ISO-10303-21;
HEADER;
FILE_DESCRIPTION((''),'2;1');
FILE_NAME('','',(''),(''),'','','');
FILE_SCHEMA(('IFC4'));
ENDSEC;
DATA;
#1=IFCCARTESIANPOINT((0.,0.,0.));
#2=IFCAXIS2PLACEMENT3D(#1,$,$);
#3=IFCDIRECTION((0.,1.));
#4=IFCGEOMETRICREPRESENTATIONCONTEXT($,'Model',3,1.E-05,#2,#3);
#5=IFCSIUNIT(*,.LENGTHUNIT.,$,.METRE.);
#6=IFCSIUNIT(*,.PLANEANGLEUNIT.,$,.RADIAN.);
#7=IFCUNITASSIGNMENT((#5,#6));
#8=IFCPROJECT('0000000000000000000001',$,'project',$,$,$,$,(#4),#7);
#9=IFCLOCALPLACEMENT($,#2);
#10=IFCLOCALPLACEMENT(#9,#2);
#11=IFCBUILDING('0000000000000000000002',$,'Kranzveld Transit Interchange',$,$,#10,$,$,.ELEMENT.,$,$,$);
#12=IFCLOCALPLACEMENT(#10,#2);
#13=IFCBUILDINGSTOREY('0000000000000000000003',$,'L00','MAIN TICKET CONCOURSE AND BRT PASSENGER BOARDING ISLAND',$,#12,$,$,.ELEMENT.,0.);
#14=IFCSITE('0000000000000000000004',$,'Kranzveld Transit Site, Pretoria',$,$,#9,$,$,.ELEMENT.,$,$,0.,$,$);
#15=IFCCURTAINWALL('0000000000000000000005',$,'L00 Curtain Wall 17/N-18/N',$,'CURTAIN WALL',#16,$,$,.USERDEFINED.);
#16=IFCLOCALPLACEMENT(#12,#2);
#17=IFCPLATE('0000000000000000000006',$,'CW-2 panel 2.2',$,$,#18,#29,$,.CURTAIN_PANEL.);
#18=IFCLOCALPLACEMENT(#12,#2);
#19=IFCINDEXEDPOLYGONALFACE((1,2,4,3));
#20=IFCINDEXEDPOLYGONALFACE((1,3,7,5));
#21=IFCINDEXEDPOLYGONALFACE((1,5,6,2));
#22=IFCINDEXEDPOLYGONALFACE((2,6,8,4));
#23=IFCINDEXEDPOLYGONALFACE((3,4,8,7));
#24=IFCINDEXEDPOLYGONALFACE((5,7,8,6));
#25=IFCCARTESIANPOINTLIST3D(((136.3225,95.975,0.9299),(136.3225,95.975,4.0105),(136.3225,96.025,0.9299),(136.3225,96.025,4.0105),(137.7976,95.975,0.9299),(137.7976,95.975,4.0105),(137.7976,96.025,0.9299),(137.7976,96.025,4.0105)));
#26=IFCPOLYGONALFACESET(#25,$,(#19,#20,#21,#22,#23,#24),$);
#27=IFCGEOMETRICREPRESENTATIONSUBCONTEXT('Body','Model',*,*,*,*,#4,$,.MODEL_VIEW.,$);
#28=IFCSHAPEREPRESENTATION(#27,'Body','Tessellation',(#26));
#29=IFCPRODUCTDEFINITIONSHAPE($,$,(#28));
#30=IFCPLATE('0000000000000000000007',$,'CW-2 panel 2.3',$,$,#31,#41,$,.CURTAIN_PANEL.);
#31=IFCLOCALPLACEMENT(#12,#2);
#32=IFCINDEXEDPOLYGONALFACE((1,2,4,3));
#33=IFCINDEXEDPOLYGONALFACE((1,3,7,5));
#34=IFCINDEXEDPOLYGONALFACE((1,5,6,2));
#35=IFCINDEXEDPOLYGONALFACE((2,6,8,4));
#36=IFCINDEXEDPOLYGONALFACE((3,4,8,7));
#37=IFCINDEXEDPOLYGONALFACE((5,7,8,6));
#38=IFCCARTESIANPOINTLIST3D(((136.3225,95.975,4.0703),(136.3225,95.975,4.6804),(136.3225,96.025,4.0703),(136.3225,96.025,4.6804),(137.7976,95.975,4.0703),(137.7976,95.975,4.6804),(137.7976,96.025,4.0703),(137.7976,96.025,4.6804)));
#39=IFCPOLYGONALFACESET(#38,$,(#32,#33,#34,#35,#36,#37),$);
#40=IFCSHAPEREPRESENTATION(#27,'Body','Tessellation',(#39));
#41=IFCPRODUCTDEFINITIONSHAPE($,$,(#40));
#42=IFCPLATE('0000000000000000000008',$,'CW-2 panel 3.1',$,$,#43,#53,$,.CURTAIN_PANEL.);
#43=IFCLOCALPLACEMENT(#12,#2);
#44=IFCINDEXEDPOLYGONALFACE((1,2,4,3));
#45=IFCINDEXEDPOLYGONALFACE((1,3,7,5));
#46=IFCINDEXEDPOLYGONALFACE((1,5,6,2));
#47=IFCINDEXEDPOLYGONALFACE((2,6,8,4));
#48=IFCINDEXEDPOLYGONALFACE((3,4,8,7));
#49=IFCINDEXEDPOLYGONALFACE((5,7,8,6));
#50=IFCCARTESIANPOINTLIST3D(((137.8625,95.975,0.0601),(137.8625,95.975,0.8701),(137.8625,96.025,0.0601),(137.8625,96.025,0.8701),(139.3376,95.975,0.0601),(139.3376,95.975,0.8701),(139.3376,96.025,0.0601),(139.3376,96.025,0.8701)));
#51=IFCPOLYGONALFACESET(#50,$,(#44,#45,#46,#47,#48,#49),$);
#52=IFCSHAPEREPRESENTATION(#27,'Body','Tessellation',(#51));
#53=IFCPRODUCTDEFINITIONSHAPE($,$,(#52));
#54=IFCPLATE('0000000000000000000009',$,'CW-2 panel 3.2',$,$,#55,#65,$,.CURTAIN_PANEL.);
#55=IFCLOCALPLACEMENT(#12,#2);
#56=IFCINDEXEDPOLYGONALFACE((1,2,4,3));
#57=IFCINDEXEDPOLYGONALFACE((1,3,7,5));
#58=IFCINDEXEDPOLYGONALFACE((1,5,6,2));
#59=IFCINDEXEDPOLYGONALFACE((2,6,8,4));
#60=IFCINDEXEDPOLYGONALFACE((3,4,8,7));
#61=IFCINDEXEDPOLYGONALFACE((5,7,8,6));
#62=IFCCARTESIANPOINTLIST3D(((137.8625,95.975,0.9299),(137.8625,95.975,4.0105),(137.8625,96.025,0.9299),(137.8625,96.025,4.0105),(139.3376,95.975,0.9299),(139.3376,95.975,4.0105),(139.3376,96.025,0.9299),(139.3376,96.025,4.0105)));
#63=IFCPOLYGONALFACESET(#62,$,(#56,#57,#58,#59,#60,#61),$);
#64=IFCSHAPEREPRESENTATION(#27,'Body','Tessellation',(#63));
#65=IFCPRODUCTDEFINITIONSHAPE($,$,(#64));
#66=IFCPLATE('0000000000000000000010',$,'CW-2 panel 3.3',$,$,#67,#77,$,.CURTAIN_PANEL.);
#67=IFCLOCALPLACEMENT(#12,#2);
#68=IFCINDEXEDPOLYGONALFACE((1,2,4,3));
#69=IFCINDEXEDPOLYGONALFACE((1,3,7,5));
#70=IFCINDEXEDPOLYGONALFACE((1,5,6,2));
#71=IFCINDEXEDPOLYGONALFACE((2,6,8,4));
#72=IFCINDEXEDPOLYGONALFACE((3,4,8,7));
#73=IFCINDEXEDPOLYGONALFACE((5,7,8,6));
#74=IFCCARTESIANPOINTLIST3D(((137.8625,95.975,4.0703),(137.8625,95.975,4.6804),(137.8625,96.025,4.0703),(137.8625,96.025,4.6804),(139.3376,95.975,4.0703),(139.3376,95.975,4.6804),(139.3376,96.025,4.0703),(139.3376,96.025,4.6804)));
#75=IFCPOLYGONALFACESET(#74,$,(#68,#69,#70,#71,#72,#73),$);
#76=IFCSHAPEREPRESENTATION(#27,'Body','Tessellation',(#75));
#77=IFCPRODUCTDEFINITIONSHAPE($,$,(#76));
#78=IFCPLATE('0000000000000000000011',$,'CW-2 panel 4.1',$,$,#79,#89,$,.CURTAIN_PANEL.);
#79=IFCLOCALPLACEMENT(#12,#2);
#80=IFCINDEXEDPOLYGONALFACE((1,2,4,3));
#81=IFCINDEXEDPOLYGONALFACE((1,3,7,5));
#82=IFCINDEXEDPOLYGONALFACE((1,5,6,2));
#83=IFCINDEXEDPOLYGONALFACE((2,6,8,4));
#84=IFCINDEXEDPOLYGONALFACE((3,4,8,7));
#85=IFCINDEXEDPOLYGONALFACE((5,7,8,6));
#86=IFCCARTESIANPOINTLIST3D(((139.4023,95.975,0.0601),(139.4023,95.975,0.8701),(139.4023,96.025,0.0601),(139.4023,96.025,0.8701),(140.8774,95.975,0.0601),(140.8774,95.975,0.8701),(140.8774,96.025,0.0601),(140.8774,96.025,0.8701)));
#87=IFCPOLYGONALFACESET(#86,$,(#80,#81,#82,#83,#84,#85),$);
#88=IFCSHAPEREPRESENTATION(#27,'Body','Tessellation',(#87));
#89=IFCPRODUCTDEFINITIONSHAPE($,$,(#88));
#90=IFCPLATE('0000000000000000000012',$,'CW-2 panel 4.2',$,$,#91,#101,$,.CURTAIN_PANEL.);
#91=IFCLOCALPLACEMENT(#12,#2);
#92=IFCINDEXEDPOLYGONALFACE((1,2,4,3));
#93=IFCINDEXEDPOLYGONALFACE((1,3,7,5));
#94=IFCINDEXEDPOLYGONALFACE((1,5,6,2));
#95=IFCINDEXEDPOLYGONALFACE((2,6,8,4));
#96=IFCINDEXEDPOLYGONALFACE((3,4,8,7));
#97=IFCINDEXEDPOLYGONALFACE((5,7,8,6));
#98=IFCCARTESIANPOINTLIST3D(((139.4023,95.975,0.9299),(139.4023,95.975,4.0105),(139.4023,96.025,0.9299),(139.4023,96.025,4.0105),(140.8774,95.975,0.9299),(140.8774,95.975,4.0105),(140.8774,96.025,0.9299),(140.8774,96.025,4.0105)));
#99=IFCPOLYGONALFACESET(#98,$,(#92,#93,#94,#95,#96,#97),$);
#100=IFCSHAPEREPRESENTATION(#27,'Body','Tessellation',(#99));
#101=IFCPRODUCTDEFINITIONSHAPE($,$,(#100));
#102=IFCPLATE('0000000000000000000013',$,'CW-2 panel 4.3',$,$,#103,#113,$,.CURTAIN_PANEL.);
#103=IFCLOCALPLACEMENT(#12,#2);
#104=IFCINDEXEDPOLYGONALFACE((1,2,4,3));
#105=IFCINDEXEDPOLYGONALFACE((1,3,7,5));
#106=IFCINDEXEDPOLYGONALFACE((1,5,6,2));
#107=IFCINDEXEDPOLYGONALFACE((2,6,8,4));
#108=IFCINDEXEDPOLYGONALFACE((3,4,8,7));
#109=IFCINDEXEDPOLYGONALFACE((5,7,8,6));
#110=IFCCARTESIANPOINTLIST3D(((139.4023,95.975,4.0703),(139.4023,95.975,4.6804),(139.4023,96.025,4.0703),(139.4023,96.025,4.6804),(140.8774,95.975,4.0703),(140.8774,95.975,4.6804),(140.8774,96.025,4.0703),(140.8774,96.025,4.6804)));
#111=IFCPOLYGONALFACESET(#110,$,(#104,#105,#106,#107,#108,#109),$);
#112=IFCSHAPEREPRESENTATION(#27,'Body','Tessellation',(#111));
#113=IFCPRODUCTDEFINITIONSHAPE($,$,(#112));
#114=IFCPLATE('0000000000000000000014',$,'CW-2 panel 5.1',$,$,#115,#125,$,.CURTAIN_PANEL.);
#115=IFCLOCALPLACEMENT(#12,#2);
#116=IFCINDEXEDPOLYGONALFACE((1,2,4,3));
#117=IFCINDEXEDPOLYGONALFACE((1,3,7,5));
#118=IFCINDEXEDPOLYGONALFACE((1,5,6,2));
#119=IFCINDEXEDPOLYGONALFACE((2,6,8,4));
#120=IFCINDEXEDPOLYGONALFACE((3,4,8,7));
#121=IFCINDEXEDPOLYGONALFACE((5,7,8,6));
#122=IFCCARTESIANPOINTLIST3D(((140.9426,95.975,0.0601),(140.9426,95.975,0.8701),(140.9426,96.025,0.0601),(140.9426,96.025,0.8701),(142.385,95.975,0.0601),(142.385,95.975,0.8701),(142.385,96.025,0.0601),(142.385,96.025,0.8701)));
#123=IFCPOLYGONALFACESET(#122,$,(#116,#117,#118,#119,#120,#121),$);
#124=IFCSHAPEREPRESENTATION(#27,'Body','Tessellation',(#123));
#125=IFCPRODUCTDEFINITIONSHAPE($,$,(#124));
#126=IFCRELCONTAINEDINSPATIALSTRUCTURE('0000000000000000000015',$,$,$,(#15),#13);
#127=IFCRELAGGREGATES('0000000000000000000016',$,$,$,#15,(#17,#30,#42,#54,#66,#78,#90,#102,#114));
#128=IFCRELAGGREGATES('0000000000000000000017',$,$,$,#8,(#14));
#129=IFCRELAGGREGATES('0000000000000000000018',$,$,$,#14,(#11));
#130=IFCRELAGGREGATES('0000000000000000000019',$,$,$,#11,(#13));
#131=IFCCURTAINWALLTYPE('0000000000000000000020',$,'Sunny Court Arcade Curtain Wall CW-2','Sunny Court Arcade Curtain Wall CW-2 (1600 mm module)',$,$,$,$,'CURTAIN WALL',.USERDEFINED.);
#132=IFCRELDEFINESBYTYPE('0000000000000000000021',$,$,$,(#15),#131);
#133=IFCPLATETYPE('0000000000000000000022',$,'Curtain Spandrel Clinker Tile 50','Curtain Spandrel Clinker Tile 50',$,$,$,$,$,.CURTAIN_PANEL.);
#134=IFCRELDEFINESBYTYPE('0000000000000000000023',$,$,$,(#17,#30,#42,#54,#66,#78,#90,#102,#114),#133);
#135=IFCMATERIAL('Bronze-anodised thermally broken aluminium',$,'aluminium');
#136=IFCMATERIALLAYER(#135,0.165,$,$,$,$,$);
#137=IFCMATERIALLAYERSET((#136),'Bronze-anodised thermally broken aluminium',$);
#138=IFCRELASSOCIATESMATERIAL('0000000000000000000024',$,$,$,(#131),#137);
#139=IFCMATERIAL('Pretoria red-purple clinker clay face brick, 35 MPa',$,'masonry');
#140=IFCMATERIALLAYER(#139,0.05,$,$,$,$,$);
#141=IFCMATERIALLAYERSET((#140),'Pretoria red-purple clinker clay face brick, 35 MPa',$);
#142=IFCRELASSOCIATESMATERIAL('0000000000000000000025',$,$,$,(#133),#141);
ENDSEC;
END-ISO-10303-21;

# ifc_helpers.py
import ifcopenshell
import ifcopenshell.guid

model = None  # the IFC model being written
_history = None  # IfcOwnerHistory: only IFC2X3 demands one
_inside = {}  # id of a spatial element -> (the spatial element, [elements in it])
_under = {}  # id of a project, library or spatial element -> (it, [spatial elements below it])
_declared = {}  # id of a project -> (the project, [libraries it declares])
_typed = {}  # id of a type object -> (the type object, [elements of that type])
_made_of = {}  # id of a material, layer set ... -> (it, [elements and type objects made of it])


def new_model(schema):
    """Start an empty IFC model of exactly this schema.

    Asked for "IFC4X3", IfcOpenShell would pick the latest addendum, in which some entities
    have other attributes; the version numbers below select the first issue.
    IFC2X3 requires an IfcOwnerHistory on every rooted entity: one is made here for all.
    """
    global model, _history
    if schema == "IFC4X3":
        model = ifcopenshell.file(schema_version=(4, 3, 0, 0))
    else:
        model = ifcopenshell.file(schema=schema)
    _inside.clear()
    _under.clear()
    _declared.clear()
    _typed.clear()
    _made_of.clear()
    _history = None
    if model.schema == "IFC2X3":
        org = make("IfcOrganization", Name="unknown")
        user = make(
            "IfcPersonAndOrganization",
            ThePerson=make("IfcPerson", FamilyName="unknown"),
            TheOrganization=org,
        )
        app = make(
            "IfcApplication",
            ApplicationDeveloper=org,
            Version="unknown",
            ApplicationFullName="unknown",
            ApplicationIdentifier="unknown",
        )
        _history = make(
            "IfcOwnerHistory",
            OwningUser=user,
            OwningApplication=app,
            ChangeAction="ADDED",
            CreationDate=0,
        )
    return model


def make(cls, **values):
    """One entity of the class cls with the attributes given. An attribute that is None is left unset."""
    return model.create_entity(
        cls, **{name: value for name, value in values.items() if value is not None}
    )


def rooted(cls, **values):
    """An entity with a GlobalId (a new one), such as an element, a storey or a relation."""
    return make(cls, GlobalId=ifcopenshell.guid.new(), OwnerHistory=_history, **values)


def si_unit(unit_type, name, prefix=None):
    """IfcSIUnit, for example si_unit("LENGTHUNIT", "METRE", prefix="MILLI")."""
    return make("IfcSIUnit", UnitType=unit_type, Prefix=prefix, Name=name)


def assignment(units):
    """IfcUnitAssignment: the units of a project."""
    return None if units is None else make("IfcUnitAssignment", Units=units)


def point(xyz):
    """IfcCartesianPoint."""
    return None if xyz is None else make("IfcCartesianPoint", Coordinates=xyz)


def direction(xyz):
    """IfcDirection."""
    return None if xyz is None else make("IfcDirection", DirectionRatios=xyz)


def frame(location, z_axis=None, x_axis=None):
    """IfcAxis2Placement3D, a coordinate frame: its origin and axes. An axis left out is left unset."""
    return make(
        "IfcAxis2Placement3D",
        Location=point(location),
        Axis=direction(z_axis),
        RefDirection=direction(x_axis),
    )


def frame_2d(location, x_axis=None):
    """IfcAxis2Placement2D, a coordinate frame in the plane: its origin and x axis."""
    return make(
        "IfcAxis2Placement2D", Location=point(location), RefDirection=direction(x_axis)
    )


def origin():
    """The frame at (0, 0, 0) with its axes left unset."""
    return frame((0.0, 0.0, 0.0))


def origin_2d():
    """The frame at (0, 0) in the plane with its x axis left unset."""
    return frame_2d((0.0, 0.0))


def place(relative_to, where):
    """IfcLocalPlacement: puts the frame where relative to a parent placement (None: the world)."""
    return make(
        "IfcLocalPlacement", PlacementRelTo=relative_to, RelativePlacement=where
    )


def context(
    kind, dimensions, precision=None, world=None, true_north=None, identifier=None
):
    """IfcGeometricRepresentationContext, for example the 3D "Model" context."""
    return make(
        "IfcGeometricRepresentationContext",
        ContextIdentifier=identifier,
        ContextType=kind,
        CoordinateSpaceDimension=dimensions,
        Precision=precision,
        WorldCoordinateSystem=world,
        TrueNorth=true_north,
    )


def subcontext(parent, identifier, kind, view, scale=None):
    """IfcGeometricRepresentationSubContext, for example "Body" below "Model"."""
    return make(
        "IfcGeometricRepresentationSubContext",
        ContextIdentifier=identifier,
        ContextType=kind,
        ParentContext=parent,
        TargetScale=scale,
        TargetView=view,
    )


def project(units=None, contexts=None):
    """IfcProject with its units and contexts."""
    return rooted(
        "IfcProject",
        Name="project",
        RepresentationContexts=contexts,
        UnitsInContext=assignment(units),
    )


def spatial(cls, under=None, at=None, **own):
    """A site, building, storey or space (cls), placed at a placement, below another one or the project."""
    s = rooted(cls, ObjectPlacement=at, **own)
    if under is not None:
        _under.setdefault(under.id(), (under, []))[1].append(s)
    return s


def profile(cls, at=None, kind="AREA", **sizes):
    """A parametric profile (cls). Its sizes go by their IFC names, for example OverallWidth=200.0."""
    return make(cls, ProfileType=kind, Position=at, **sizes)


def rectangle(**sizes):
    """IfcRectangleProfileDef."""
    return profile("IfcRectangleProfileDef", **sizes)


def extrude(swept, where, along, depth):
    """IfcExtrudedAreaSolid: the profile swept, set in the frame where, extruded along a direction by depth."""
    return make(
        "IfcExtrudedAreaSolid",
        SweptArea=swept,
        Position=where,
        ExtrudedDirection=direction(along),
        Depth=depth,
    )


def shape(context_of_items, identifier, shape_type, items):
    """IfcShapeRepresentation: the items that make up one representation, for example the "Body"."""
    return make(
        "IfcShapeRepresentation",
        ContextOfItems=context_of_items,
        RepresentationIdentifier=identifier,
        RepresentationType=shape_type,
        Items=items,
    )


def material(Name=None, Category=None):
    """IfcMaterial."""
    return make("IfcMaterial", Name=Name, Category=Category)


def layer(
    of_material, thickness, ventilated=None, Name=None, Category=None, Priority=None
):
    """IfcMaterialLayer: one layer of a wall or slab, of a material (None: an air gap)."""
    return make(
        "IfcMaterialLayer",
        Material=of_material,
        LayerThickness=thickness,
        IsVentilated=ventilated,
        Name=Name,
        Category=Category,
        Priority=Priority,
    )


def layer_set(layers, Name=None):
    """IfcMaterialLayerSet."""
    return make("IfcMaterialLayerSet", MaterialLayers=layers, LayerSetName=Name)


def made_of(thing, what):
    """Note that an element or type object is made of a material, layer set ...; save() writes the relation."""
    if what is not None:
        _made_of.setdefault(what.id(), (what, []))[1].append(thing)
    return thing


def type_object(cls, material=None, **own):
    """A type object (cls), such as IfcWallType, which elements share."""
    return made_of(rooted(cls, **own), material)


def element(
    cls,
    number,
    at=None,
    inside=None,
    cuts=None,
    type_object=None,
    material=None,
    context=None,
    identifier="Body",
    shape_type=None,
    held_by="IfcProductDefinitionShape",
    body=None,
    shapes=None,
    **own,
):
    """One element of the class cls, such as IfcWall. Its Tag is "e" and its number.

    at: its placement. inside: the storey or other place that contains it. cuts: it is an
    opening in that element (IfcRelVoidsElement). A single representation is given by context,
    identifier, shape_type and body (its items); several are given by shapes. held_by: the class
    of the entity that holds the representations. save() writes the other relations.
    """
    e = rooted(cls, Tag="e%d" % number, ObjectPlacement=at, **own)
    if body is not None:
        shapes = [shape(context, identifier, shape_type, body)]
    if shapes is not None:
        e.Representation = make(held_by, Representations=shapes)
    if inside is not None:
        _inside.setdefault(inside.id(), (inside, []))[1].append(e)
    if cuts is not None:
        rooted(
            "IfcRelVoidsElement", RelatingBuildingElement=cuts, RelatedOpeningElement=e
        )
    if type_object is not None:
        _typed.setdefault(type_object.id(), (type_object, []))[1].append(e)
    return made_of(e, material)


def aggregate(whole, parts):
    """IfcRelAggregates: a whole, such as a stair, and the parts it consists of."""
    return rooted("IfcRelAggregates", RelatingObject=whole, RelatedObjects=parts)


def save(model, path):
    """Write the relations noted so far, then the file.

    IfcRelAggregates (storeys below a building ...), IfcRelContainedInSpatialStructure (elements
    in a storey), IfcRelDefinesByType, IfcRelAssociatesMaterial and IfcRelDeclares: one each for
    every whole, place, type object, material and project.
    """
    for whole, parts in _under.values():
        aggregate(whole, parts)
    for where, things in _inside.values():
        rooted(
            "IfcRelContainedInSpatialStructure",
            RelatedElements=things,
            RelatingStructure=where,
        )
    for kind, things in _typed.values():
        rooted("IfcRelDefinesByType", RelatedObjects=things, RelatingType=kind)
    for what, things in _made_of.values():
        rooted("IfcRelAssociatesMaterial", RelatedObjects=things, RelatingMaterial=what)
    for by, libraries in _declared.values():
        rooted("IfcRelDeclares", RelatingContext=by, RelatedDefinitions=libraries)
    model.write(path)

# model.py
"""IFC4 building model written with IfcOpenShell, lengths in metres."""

from ifc_helpers import new_model, si_unit, direction, frame, origin, origin_2d, place, context, subcontext, project, spatial, rectangle, extrude, material, layer, layer_set, type_object, element, aggregate, save


model = new_model("IFC4")

# Units and contexts
model_context = context("Model", 3, precision=1e-05, world=origin(), true_north=direction((0.0, 1.0)))
body_context = subcontext(model_context, "Body", "Model", "MODEL_VIEW")
ifc_project = project(units=[si_unit("LENGTHUNIT", "METRE"), si_unit("PLANEANGLEUNIT", "RADIAN")], contexts=[model_context])

# Site, building, storey
site_placement = place(None, origin())
site = spatial("IfcSite", under=ifc_project, at=site_placement, Name="Kranzveld Transit Site, Pretoria", CompositionType="ELEMENT", RefElevation=0.0)
building_placement = place(site_placement, origin())
building = spatial("IfcBuilding", under=site, at=building_placement, Name="Kranzveld Transit Interchange", CompositionType="ELEMENT")
storey_placement = place(building_placement, origin())
storey = spatial("IfcBuildingStorey", under=building, at=storey_placement, Name="L00", Description="MAIN TICKET CONCOURSE AND BRT PASSENGER BOARDING ISLAND", CompositionType="ELEMENT", Elevation=0.0)

# Curtain wall, plates
ifc_material_1 = material(Name="Bronze-anodised thermally broken aluminium", Category="aluminium")
ifc_layer_1 = layer(ifc_material_1, 0.165)
ifc_layer_set_1 = layer_set([ifc_layer_1], Name="Bronze-anodised thermally broken aluminium")
curtain_wall_type = type_object("IfcCurtainWallType", Name="Sunny Court Arcade Curtain Wall CW-2", Description="Sunny Court Arcade Curtain Wall CW-2 (1600 mm module)", ElementType="CURTAIN WALL", PredefinedType="USERDEFINED", material=ifc_layer_set_1)
curtain_wall_placement = place(storey_placement, origin())
curtain_wall = element("IfcCurtainWall", 1, at=curtain_wall_placement, inside=storey, type_object=curtain_wall_type, Name="L00 Curtain Wall 17/N-18/N", ObjectType="CURTAIN WALL", PredefinedType="USERDEFINED")
ifc_material_2 = material(Name="Pretoria red-purple clinker clay face brick, 35 MPa", Category="masonry")
ifc_layer_2 = layer(ifc_material_2, 0.05)
ifc_layer_set_2 = layer_set([ifc_layer_2], Name="Pretoria red-purple clinker clay face brick, 35 MPa")
plate_type = type_object("IfcPlateType", Name="Curtain Spandrel Clinker Tile 50", Description="Curtain Spandrel Clinker Tile 50", PredefinedType="CURTAIN_PANEL", material=ifc_layer_set_2)
plate_1_placement = place(storey_placement, frame((137.0601, 96.0, 0.9299), z_axis=(0.0, 0.0, 1.0), x_axis=(1.0, 0.0, 0.0)))
plate_1 = element("IfcPlate", 2, at=plate_1_placement, type_object=plate_type, Name="CW-2 panel 2.2", PredefinedType="CURTAIN_PANEL", context=body_context, shape_type="SweptSolid", body=[
    extrude(rectangle(XDim=1.4751, YDim=0.05, at=origin_2d()), origin(), (0.0, 0.0, 1.0), 3.0806),
])
plate_2_placement = place(storey_placement, frame((137.0601, 96.0, 4.0703), z_axis=(0.0, 0.0, 1.0), x_axis=(1.0, 0.0, 0.0)))
plate_2 = element("IfcPlate", 3, at=plate_2_placement, type_object=plate_type, Name="CW-2 panel 2.3", PredefinedType="CURTAIN_PANEL", context=body_context, shape_type="SweptSolid", body=[
    extrude(rectangle(XDim=1.4751, YDim=0.05, at=origin_2d()), origin(), (0.0, 0.0, 1.0), 0.6101),
])
plate_3_placement = place(storey_placement, frame((138.6001, 96.0, 0.0601), z_axis=(0.0, 0.0, 1.0), x_axis=(1.0, 0.0, 0.0)))
plate_3 = element("IfcPlate", 4, at=plate_3_placement, type_object=plate_type, Name="CW-2 panel 3.1", PredefinedType="CURTAIN_PANEL", context=body_context, shape_type="SweptSolid", body=[
    extrude(rectangle(XDim=1.4751, YDim=0.05, at=origin_2d()), origin(), (0.0, 0.0, 1.0), 0.8101),
])
plate_4_placement = place(storey_placement, frame((138.6001, 96.0, 0.9299), z_axis=(0.0, 0.0, 1.0), x_axis=(1.0, 0.0, 0.0)))
plate_4 = element("IfcPlate", 5, at=plate_4_placement, type_object=plate_type, Name="CW-2 panel 3.2", PredefinedType="CURTAIN_PANEL", context=body_context, shape_type="SweptSolid", body=[
    extrude(rectangle(XDim=1.4751, YDim=0.05, at=origin_2d()), origin(), (0.0, 0.0, 1.0), 3.0806),
])
plate_5_placement = place(storey_placement, frame((138.6001, 96.0, 4.0703), z_axis=(0.0, 0.0, 1.0), x_axis=(1.0, 0.0, 0.0)))
plate_5 = element("IfcPlate", 6, at=plate_5_placement, type_object=plate_type, Name="CW-2 panel 3.3", PredefinedType="CURTAIN_PANEL", context=body_context, shape_type="SweptSolid", body=[
    extrude(rectangle(XDim=1.4751, YDim=0.05, at=origin_2d()), origin(), (0.0, 0.0, 1.0), 0.6101),
])
plate_6_placement = place(storey_placement, frame((140.1399, 96.0, 0.0601), z_axis=(0.0, 0.0, 1.0), x_axis=(1.0, 0.0, 0.0)))
plate_6 = element("IfcPlate", 7, at=plate_6_placement, type_object=plate_type, Name="CW-2 panel 4.1", PredefinedType="CURTAIN_PANEL", context=body_context, shape_type="SweptSolid", body=[
    extrude(rectangle(XDim=1.4751, YDim=0.05, at=origin_2d()), origin(), (0.0, 0.0, 1.0), 0.8101),
])
plate_7_placement = place(storey_placement, frame((140.1399, 96.0, 0.9299), z_axis=(0.0, 0.0, 1.0), x_axis=(1.0, 0.0, 0.0)))
plate_7 = element("IfcPlate", 8, at=plate_7_placement, type_object=plate_type, Name="CW-2 panel 4.2", PredefinedType="CURTAIN_PANEL", context=body_context, shape_type="SweptSolid", body=[
    extrude(rectangle(XDim=1.4751, YDim=0.05, at=origin_2d()), origin(), (0.0, 0.0, 1.0), 3.0806),
])
plate_8_placement = place(storey_placement, frame((140.1399, 96.0, 4.0703), z_axis=(0.0, 0.0, 1.0), x_axis=(1.0, 0.0, 0.0)))
plate_8 = element("IfcPlate", 9, at=plate_8_placement, type_object=plate_type, Name="CW-2 panel 4.3", PredefinedType="CURTAIN_PANEL", context=body_context, shape_type="SweptSolid", body=[
    extrude(rectangle(XDim=1.4751, YDim=0.05, at=origin_2d()), origin(), (0.0, 0.0, 1.0), 0.6101),
])
plate_9_placement = place(storey_placement, frame((141.6638, 96.0, 0.0601), z_axis=(0.0, 0.0, 1.0), x_axis=(1.0, 0.0, 0.0)))
plate_9 = element("IfcPlate", 10, at=plate_9_placement, type_object=plate_type, Name="CW-2 panel 5.1", PredefinedType="CURTAIN_PANEL", context=body_context, shape_type="SweptSolid", body=[
    extrude(rectangle(XDim=1.4424, YDim=0.05, at=origin_2d()), origin(), (0.0, 0.0, 1.0), 0.8101),
])
aggregate(curtain_wall, [plate_1, plate_2, plate_3, plate_4, plate_5, plate_6, plate_7, plate_8, plate_9])

save(model, "model.ifc")
